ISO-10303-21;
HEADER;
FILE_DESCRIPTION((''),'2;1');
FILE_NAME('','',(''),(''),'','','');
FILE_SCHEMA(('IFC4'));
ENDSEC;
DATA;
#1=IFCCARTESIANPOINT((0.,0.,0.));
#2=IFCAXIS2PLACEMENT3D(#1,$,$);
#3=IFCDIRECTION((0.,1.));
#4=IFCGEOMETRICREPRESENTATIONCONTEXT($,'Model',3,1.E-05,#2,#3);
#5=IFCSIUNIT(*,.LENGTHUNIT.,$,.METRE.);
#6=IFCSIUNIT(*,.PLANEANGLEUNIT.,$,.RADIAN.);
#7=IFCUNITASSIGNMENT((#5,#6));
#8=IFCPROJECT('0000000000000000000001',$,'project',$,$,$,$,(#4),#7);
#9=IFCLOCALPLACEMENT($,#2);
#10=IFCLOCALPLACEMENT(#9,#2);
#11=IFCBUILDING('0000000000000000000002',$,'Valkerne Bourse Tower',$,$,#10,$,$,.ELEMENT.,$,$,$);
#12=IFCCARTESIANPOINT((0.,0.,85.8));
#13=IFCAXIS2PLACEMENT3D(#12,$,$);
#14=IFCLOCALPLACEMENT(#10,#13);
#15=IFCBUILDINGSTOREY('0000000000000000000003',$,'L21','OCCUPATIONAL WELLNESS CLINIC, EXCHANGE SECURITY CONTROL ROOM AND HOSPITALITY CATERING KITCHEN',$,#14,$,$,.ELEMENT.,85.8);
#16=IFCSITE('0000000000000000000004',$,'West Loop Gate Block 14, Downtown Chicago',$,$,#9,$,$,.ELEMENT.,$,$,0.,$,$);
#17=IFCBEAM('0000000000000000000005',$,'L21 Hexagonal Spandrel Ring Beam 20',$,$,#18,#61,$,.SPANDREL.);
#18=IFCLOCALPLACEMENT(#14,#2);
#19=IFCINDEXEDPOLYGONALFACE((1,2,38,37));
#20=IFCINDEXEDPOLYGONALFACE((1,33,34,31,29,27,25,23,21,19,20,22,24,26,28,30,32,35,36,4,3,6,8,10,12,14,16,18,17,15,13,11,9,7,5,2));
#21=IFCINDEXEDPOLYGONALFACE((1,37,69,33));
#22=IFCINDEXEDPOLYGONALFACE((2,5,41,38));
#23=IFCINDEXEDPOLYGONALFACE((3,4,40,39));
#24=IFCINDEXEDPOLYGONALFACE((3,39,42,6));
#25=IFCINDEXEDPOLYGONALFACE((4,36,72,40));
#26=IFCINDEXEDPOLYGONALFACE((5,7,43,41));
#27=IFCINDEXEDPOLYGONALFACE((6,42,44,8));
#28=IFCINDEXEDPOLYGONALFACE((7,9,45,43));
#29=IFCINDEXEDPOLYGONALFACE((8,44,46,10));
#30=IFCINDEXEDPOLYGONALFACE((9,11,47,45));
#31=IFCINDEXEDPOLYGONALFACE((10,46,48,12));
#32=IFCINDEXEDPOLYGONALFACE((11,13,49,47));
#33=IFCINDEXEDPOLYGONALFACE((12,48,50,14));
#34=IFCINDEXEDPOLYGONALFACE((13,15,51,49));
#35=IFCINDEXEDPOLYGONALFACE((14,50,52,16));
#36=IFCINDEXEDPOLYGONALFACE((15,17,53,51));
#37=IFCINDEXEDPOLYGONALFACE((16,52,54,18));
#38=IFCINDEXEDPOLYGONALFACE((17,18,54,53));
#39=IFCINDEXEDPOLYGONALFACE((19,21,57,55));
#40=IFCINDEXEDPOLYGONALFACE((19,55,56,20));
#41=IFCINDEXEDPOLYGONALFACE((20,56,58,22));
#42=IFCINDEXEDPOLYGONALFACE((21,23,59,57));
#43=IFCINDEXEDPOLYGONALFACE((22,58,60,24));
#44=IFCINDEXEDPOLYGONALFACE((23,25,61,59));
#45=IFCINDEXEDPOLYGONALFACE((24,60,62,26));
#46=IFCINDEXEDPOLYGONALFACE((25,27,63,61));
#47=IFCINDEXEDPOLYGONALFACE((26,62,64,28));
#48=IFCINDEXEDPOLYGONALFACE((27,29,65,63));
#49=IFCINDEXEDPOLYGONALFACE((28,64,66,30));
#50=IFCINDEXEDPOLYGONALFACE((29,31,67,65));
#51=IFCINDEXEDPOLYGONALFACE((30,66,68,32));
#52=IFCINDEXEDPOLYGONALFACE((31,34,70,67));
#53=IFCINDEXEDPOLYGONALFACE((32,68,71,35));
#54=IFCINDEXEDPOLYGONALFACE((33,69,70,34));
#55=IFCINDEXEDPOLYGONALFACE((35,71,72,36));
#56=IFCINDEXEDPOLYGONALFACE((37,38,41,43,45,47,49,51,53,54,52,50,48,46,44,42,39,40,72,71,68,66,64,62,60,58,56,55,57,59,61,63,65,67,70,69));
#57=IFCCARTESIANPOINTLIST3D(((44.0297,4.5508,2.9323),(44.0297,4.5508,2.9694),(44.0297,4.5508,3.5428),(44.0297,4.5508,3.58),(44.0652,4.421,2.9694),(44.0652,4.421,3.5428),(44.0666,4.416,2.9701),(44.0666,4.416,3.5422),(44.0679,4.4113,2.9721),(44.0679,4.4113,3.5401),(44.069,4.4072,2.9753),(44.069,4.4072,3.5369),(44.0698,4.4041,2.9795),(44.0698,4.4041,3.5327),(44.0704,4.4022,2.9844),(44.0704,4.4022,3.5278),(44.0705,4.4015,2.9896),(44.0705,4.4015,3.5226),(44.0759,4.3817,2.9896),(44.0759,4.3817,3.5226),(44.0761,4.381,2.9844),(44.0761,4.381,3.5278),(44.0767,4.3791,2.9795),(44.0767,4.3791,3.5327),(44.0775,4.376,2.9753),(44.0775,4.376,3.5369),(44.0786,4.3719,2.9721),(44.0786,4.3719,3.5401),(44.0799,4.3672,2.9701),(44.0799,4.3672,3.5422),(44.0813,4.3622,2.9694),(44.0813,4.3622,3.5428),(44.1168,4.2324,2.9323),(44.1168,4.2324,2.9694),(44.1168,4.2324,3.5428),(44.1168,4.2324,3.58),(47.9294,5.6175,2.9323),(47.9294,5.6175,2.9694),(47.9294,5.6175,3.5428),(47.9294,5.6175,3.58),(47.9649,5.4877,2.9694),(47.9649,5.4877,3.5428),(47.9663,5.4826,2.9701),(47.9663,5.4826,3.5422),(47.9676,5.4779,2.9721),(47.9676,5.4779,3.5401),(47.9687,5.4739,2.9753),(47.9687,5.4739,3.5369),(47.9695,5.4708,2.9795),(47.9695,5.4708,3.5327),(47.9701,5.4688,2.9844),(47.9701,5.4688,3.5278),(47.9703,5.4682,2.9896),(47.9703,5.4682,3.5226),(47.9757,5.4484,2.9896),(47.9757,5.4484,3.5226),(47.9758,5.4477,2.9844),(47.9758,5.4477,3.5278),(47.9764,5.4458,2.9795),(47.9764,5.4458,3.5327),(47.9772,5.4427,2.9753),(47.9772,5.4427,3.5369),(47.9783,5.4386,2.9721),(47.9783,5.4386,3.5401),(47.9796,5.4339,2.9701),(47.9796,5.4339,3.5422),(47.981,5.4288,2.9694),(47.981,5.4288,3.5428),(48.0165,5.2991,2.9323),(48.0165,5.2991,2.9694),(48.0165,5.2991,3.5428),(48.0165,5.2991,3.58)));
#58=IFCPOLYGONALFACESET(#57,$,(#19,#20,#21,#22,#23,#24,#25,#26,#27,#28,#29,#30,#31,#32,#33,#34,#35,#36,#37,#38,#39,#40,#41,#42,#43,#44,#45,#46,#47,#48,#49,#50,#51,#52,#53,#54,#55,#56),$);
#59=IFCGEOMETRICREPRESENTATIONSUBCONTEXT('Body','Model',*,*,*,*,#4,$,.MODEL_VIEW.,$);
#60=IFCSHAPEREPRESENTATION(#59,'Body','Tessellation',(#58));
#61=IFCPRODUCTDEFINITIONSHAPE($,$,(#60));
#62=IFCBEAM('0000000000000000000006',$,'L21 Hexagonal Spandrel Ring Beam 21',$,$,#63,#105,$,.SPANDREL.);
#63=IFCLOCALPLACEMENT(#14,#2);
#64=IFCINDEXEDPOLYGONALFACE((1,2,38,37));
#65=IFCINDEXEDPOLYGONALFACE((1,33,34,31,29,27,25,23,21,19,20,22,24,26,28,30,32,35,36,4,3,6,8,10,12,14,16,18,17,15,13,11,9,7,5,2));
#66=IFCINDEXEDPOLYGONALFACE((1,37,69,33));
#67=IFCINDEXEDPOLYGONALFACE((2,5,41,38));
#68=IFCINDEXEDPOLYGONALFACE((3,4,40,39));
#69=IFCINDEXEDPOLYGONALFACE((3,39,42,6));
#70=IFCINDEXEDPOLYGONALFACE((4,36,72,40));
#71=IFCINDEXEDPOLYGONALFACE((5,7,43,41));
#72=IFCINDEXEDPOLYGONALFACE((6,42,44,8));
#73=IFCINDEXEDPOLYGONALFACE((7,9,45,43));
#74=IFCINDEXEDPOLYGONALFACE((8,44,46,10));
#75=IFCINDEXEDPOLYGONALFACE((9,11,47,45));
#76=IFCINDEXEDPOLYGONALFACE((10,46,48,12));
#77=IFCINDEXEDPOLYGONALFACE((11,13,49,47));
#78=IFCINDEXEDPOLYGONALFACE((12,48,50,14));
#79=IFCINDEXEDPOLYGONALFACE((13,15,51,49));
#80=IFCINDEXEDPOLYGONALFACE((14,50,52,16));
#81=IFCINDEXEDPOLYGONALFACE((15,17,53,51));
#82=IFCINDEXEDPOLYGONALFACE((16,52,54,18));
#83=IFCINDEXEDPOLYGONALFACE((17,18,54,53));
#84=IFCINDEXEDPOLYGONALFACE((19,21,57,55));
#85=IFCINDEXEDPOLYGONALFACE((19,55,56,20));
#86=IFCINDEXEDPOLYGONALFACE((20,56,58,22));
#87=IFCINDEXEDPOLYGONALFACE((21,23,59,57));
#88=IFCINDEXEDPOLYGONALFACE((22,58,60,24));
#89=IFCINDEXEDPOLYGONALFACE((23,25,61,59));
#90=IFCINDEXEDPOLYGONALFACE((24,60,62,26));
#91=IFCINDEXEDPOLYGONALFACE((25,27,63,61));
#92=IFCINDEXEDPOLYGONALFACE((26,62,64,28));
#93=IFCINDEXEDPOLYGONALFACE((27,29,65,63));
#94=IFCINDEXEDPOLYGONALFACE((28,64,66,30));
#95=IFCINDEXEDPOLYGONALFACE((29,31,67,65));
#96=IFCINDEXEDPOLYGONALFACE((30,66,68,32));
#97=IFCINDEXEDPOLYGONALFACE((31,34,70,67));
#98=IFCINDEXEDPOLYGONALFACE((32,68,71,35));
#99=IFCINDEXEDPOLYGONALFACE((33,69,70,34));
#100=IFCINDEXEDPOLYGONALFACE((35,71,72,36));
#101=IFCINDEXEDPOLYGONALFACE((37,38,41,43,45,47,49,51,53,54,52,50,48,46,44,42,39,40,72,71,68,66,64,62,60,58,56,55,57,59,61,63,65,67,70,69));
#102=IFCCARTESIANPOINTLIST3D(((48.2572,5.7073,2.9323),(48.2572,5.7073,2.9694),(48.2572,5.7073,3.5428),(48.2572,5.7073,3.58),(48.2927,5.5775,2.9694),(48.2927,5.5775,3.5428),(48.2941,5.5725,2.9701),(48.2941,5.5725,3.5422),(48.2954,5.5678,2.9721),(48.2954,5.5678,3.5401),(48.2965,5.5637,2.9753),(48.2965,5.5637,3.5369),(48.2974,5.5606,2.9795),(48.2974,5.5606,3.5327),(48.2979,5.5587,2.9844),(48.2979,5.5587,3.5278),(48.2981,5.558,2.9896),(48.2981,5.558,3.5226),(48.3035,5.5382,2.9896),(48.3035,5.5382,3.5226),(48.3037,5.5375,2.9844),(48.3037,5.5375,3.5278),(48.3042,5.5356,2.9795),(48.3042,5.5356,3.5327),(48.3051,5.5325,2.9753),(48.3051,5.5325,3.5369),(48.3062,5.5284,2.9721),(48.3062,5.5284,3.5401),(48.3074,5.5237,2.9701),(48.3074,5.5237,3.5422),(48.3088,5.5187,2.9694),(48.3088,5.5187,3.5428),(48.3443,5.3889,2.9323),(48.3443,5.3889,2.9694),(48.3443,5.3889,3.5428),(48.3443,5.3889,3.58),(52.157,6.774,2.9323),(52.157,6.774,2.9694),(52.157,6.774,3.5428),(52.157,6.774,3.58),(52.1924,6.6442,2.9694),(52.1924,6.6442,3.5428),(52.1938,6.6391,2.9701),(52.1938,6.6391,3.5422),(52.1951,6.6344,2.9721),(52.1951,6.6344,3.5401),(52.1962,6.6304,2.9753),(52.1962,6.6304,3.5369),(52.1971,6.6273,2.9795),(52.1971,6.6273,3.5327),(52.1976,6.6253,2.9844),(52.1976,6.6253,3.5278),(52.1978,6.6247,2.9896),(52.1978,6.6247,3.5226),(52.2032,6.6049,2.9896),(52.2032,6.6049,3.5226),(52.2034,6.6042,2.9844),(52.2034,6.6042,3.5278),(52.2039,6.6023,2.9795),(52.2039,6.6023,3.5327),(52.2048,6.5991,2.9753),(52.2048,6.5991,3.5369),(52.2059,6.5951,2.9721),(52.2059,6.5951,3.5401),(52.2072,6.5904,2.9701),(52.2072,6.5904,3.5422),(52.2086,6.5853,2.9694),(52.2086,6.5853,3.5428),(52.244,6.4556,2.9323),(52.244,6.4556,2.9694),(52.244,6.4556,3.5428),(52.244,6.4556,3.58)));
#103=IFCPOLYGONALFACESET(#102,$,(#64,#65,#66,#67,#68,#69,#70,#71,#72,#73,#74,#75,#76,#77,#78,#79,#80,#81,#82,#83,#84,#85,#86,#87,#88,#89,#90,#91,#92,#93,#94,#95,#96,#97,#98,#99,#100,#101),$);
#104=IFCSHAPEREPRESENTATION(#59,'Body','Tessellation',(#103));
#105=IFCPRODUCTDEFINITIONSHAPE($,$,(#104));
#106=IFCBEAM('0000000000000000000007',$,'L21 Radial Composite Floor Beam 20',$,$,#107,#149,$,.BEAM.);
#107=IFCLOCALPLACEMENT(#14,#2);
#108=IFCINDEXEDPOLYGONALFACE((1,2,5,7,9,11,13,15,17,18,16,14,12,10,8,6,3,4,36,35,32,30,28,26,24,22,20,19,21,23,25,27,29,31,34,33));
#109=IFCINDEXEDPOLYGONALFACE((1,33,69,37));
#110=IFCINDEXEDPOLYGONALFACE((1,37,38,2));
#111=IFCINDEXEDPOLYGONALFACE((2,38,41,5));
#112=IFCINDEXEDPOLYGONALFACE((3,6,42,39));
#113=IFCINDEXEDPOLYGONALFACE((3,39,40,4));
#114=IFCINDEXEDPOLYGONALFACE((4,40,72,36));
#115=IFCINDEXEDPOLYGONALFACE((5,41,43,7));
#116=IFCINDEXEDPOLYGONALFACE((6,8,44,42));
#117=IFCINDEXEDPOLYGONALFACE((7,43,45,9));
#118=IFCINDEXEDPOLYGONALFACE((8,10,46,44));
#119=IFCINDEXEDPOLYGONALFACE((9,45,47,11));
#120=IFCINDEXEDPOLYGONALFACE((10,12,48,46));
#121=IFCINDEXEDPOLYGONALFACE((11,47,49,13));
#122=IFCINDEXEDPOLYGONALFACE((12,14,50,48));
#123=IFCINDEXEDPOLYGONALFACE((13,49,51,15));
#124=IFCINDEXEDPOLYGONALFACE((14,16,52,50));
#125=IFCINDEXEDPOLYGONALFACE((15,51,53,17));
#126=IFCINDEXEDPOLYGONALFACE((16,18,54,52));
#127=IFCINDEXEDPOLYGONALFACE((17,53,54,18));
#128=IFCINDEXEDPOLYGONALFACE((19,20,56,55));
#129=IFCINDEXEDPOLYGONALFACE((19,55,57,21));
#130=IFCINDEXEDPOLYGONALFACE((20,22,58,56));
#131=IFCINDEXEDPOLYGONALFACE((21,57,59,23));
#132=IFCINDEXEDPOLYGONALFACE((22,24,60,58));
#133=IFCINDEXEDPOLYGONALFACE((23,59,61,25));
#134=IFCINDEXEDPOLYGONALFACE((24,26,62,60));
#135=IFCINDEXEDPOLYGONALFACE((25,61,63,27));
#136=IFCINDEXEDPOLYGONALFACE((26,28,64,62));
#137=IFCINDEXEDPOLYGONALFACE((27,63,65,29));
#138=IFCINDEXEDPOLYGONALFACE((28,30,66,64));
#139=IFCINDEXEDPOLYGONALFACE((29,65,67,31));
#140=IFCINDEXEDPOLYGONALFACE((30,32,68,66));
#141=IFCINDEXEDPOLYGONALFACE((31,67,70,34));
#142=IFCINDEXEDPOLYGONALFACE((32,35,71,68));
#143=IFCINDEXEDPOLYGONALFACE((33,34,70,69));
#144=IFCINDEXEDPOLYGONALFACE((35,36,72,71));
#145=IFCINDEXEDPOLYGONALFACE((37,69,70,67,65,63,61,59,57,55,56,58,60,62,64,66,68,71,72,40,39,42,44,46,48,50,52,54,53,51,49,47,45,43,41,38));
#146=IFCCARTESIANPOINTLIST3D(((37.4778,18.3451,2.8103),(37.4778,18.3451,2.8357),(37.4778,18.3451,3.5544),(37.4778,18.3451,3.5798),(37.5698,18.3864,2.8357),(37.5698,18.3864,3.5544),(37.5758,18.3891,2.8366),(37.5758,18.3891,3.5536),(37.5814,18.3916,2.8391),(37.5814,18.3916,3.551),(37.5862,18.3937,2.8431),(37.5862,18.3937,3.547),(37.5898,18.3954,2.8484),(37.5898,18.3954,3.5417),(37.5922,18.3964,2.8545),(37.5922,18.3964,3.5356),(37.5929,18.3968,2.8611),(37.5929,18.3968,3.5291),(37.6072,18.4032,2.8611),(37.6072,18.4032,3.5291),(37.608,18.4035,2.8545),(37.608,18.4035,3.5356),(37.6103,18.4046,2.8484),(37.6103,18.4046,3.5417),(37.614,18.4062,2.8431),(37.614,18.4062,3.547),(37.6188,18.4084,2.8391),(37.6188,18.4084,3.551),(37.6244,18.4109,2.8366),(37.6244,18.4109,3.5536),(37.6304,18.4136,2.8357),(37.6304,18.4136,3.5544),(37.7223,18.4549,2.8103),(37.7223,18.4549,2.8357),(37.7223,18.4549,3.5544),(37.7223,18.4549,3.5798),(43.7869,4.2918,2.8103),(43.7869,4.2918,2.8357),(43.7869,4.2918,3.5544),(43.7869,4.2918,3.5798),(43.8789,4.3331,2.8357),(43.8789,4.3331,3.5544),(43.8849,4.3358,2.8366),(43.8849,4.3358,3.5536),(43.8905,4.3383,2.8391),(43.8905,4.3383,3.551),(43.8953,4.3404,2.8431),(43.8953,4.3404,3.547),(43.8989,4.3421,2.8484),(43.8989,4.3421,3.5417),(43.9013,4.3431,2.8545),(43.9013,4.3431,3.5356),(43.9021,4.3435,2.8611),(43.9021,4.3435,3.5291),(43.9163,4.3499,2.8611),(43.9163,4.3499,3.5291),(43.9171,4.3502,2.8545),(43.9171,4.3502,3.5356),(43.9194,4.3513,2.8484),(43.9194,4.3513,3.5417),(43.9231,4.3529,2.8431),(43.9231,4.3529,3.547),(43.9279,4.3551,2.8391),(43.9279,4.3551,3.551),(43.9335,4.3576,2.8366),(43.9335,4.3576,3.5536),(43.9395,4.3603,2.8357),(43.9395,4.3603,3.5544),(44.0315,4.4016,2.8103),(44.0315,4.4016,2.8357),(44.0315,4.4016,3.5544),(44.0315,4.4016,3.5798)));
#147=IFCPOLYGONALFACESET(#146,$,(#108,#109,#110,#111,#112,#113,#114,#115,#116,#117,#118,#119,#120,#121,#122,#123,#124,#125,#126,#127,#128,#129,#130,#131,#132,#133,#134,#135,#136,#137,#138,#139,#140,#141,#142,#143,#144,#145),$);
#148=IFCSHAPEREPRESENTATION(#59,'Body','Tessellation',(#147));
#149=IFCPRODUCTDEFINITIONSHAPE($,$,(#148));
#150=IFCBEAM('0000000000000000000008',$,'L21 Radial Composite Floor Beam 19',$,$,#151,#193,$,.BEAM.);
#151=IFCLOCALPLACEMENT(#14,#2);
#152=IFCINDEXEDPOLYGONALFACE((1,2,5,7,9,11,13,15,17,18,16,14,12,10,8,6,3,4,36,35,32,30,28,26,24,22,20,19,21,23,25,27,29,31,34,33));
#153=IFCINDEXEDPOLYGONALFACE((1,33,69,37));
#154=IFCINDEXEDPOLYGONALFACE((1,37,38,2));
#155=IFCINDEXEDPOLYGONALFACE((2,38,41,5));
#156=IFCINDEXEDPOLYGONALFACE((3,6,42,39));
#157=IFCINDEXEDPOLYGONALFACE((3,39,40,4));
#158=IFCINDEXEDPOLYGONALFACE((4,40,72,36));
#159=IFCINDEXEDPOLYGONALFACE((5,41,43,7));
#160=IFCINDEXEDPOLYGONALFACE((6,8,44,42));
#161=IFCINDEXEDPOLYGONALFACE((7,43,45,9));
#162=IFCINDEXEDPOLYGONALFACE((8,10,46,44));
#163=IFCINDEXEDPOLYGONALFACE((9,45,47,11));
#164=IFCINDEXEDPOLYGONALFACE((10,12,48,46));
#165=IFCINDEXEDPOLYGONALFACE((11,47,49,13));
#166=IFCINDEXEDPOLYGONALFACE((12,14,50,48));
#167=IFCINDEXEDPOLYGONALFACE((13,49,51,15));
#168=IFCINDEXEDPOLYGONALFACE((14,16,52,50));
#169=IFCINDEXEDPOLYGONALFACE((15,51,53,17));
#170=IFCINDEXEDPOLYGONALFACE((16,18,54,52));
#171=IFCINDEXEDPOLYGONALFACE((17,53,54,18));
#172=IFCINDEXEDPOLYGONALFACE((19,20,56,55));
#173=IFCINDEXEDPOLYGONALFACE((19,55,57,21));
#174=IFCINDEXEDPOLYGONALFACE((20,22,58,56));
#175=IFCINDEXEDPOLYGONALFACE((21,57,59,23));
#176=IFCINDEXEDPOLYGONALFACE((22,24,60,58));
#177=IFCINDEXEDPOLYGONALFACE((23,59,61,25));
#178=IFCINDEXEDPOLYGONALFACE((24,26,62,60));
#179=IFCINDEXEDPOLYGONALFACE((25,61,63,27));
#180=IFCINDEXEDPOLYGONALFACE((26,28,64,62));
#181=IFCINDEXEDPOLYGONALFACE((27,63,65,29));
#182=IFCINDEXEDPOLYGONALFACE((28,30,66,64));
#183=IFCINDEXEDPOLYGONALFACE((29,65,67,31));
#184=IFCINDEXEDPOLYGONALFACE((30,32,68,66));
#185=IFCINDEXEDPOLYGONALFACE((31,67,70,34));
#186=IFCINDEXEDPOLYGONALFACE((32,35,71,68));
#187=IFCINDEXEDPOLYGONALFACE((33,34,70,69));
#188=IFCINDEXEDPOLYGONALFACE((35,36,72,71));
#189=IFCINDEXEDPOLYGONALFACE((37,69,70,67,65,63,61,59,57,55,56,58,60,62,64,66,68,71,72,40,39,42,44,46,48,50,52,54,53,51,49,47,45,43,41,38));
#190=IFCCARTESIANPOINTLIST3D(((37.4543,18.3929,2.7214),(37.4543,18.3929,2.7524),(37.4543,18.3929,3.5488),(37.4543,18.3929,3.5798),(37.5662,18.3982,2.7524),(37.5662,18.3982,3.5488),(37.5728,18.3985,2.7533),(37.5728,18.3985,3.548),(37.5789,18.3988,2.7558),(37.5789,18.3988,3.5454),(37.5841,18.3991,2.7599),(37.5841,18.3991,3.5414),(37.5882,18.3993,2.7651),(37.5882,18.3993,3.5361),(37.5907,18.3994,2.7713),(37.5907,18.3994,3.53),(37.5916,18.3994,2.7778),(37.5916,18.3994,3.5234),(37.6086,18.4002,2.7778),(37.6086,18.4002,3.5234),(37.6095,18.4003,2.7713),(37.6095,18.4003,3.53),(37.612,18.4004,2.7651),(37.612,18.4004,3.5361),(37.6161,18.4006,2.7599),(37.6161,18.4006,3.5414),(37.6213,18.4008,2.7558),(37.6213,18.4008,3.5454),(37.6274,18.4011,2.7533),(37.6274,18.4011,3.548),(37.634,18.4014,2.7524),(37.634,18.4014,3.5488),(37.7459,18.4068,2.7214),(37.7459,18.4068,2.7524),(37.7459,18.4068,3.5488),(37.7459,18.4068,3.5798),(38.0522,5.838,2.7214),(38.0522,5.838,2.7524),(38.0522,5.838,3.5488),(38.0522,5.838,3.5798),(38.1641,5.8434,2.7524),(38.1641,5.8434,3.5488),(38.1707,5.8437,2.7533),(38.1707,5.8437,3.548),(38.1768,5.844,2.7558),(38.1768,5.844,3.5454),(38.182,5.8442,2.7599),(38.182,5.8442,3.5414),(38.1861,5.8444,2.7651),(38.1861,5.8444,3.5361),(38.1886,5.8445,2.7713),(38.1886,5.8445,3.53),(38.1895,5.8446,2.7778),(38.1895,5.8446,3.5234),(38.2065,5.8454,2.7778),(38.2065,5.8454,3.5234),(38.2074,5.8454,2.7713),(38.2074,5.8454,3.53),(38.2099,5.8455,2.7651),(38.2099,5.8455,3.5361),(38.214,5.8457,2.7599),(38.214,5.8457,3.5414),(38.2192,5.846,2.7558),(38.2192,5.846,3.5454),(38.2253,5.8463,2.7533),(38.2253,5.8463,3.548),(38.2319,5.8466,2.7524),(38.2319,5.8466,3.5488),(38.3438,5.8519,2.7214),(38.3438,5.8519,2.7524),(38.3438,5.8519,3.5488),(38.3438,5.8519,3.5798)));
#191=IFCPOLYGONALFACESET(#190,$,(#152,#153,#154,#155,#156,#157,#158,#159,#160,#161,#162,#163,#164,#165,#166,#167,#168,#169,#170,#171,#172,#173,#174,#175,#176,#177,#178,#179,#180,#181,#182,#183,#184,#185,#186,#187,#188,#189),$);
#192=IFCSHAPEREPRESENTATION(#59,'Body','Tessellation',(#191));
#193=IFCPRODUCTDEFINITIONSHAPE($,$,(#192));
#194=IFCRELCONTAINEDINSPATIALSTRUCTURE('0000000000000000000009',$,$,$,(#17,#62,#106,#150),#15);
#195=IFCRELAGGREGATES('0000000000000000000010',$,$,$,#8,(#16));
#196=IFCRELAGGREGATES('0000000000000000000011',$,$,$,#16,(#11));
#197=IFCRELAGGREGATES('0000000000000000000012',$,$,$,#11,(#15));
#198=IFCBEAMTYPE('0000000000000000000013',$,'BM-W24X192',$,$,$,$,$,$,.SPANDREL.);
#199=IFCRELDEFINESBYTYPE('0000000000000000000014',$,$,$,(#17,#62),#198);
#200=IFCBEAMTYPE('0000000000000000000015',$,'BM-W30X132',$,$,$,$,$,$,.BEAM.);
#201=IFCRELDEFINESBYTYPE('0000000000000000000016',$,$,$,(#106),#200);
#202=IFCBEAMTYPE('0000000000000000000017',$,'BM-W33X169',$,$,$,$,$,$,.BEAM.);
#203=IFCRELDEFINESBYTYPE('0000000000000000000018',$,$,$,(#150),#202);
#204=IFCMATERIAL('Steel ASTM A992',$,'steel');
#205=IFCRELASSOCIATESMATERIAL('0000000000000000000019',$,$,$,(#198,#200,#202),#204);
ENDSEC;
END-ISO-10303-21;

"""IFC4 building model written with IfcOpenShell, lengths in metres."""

from ifc_helpers import new_model, si_unit, direction, frame, origin, origin_2d, place, context, subcontext, project, spatial, i_section, extrude, material, material_profile, profile_set, type_object, element, save


model = new_model("IFC4")

# Units and contexts
model_context = context("Model", 3, precision=1e-05, world=origin(), true_north=direction((0.0, 1.0)))
body_context = subcontext(model_context, "Body", "Model", "MODEL_VIEW")
ifc_project = project(units=[si_unit("LENGTHUNIT", "METRE"), si_unit("PLANEANGLEUNIT", "RADIAN")], contexts=[model_context])

# Site, building, storey
site_placement = place(None, origin())
site = spatial("IfcSite", under=ifc_project, at=site_placement, Name="West Loop Gate Block 14, Downtown Chicago", CompositionType="ELEMENT", RefElevation=0.0)
building_placement = place(site_placement, origin())
building = spatial("IfcBuilding", under=site, at=building_placement, Name="Valkerne Bourse Tower", CompositionType="ELEMENT")
storey_placement = place(building_placement, frame((0.0, 0.0, 85.8)))
storey = spatial("IfcBuildingStorey", under=building, at=storey_placement, Name="L21", Description="OCCUPATIONAL WELLNESS CLINIC, EXCHANGE SECURITY CONTROL ROOM AND HOSPITALITY CATERING KITCHEN", CompositionType="ELEMENT", Elevation=85.8)

# Beams
ifc_material_1 = material(Name="Steel ASTM A992", Category="steel")
ifc_material_profile_1 = material_profile(ifc_material_1, i_section(OverallWidth=0.3301, OverallDepth=0.6477, WebThickness=0.0205, FlangeThickness=0.0371, FilletRadius=0.0203, at=origin_2d()), Name="W24X192")
ifc_profile_set_1 = profile_set([ifc_material_profile_1], Name="Steel ASTM A992")
beam_type_1 = type_object("IfcBeamType", Name="BM-W24X192", PredefinedType="SPANDREL", material=ifc_profile_set_1)
for number, where, z_axis, x_axis, name in (
    (1, (44.0732, 4.3916, 3.2561), (0.964568, 0.263833, 0.0), (-0.263833, 0.964568, 0.0), "L21 Hexagonal Spandrel Ring Beam 20"),
    (2, (48.3008, 5.5481, 3.2561), (0.964568, 0.263833, 0.0), (-0.263833, 0.964568, 0.0), "L21 Hexagonal Spandrel Ring Beam 21"),
):
    element("IfcBeam", number, at=place(storey_placement, frame(where, z_axis=z_axis, x_axis=x_axis)), inside=storey, type_object=beam_type_1, Name=name, PredefinedType="SPANDREL", context=body_context, shape_type="SweptSolid", body=[
        extrude(i_section(OverallWidth=0.3301, OverallDepth=0.6477, WebThickness=0.0205, FlangeThickness=0.0371, FilletRadius=0.0203, at=origin_2d()), origin(), (0.0, 0.0, 1.0), 4.043),
    ])
ifc_material_profile_2 = material_profile(ifc_material_1, i_section(OverallWidth=0.2681, OverallDepth=0.7695, WebThickness=0.0156, FlangeThickness=0.0254, FilletRadius=0.0254, at=origin_2d()), Name="W30X132")
ifc_profile_set_2 = profile_set([ifc_material_profile_2], Name="Steel ASTM A992")
beam_type_2 = type_object("IfcBeamType", Name="BM-W30X132", PredefinedType="BEAM", material=ifc_profile_set_2)
beam_1_placement = place(storey_placement, frame((43.9092, 4.3467, 3.1951), z_axis=(-0.409562, 0.912282, 0.0), x_axis=(-0.912282, -0.409562, 0.0)))
element("IfcBeam", 3, at=beam_1_placement, inside=storey, type_object=beam_type_2, Name="L21 Radial Composite Floor Beam 20", PredefinedType="BEAM", context=body_context, shape_type="SweptSolid", body=[
    extrude(i_section(OverallWidth=0.2681, OverallDepth=0.7695, WebThickness=0.0156, FlangeThickness=0.0254, FilletRadius=0.0254, at=origin_2d()), origin(), (0.0, 0.0, 1.0), 15.4045),
])
ifc_material_profile_3 = material_profile(ifc_material_1, i_section(OverallWidth=0.292, OverallDepth=0.8584, WebThickness=0.0171, FlangeThickness=0.031, FilletRadius=0.0254, at=origin_2d()), Name="W33X169")
ifc_profile_set_3 = profile_set([ifc_material_profile_3], Name="Steel ASTM A992")
beam_type_3 = type_object("IfcBeamType", Name="BM-W33X169", PredefinedType="BEAM", material=ifc_profile_set_3)
beam_2_placement = place(storey_placement, frame((38.198, 5.845, 3.1506), z_axis=(-0.047569, 0.998868, 0.0), x_axis=(-0.998868, -0.047569, 0.0)))
element("IfcBeam", 4, at=beam_2_placement, inside=storey, type_object=beam_type_3, Name="L21 Radial Composite Floor Beam 19", PredefinedType="BEAM", context=body_context, shape_type="SweptSolid", body=[
    extrude(i_section(OverallWidth=0.292, OverallDepth=0.8584, WebThickness=0.0171, FlangeThickness=0.031, FilletRadius=0.0254, at=origin_2d()), origin(), (0.0, 0.0, 1.0), 12.5691),
])

save(model, "model.ifc")
